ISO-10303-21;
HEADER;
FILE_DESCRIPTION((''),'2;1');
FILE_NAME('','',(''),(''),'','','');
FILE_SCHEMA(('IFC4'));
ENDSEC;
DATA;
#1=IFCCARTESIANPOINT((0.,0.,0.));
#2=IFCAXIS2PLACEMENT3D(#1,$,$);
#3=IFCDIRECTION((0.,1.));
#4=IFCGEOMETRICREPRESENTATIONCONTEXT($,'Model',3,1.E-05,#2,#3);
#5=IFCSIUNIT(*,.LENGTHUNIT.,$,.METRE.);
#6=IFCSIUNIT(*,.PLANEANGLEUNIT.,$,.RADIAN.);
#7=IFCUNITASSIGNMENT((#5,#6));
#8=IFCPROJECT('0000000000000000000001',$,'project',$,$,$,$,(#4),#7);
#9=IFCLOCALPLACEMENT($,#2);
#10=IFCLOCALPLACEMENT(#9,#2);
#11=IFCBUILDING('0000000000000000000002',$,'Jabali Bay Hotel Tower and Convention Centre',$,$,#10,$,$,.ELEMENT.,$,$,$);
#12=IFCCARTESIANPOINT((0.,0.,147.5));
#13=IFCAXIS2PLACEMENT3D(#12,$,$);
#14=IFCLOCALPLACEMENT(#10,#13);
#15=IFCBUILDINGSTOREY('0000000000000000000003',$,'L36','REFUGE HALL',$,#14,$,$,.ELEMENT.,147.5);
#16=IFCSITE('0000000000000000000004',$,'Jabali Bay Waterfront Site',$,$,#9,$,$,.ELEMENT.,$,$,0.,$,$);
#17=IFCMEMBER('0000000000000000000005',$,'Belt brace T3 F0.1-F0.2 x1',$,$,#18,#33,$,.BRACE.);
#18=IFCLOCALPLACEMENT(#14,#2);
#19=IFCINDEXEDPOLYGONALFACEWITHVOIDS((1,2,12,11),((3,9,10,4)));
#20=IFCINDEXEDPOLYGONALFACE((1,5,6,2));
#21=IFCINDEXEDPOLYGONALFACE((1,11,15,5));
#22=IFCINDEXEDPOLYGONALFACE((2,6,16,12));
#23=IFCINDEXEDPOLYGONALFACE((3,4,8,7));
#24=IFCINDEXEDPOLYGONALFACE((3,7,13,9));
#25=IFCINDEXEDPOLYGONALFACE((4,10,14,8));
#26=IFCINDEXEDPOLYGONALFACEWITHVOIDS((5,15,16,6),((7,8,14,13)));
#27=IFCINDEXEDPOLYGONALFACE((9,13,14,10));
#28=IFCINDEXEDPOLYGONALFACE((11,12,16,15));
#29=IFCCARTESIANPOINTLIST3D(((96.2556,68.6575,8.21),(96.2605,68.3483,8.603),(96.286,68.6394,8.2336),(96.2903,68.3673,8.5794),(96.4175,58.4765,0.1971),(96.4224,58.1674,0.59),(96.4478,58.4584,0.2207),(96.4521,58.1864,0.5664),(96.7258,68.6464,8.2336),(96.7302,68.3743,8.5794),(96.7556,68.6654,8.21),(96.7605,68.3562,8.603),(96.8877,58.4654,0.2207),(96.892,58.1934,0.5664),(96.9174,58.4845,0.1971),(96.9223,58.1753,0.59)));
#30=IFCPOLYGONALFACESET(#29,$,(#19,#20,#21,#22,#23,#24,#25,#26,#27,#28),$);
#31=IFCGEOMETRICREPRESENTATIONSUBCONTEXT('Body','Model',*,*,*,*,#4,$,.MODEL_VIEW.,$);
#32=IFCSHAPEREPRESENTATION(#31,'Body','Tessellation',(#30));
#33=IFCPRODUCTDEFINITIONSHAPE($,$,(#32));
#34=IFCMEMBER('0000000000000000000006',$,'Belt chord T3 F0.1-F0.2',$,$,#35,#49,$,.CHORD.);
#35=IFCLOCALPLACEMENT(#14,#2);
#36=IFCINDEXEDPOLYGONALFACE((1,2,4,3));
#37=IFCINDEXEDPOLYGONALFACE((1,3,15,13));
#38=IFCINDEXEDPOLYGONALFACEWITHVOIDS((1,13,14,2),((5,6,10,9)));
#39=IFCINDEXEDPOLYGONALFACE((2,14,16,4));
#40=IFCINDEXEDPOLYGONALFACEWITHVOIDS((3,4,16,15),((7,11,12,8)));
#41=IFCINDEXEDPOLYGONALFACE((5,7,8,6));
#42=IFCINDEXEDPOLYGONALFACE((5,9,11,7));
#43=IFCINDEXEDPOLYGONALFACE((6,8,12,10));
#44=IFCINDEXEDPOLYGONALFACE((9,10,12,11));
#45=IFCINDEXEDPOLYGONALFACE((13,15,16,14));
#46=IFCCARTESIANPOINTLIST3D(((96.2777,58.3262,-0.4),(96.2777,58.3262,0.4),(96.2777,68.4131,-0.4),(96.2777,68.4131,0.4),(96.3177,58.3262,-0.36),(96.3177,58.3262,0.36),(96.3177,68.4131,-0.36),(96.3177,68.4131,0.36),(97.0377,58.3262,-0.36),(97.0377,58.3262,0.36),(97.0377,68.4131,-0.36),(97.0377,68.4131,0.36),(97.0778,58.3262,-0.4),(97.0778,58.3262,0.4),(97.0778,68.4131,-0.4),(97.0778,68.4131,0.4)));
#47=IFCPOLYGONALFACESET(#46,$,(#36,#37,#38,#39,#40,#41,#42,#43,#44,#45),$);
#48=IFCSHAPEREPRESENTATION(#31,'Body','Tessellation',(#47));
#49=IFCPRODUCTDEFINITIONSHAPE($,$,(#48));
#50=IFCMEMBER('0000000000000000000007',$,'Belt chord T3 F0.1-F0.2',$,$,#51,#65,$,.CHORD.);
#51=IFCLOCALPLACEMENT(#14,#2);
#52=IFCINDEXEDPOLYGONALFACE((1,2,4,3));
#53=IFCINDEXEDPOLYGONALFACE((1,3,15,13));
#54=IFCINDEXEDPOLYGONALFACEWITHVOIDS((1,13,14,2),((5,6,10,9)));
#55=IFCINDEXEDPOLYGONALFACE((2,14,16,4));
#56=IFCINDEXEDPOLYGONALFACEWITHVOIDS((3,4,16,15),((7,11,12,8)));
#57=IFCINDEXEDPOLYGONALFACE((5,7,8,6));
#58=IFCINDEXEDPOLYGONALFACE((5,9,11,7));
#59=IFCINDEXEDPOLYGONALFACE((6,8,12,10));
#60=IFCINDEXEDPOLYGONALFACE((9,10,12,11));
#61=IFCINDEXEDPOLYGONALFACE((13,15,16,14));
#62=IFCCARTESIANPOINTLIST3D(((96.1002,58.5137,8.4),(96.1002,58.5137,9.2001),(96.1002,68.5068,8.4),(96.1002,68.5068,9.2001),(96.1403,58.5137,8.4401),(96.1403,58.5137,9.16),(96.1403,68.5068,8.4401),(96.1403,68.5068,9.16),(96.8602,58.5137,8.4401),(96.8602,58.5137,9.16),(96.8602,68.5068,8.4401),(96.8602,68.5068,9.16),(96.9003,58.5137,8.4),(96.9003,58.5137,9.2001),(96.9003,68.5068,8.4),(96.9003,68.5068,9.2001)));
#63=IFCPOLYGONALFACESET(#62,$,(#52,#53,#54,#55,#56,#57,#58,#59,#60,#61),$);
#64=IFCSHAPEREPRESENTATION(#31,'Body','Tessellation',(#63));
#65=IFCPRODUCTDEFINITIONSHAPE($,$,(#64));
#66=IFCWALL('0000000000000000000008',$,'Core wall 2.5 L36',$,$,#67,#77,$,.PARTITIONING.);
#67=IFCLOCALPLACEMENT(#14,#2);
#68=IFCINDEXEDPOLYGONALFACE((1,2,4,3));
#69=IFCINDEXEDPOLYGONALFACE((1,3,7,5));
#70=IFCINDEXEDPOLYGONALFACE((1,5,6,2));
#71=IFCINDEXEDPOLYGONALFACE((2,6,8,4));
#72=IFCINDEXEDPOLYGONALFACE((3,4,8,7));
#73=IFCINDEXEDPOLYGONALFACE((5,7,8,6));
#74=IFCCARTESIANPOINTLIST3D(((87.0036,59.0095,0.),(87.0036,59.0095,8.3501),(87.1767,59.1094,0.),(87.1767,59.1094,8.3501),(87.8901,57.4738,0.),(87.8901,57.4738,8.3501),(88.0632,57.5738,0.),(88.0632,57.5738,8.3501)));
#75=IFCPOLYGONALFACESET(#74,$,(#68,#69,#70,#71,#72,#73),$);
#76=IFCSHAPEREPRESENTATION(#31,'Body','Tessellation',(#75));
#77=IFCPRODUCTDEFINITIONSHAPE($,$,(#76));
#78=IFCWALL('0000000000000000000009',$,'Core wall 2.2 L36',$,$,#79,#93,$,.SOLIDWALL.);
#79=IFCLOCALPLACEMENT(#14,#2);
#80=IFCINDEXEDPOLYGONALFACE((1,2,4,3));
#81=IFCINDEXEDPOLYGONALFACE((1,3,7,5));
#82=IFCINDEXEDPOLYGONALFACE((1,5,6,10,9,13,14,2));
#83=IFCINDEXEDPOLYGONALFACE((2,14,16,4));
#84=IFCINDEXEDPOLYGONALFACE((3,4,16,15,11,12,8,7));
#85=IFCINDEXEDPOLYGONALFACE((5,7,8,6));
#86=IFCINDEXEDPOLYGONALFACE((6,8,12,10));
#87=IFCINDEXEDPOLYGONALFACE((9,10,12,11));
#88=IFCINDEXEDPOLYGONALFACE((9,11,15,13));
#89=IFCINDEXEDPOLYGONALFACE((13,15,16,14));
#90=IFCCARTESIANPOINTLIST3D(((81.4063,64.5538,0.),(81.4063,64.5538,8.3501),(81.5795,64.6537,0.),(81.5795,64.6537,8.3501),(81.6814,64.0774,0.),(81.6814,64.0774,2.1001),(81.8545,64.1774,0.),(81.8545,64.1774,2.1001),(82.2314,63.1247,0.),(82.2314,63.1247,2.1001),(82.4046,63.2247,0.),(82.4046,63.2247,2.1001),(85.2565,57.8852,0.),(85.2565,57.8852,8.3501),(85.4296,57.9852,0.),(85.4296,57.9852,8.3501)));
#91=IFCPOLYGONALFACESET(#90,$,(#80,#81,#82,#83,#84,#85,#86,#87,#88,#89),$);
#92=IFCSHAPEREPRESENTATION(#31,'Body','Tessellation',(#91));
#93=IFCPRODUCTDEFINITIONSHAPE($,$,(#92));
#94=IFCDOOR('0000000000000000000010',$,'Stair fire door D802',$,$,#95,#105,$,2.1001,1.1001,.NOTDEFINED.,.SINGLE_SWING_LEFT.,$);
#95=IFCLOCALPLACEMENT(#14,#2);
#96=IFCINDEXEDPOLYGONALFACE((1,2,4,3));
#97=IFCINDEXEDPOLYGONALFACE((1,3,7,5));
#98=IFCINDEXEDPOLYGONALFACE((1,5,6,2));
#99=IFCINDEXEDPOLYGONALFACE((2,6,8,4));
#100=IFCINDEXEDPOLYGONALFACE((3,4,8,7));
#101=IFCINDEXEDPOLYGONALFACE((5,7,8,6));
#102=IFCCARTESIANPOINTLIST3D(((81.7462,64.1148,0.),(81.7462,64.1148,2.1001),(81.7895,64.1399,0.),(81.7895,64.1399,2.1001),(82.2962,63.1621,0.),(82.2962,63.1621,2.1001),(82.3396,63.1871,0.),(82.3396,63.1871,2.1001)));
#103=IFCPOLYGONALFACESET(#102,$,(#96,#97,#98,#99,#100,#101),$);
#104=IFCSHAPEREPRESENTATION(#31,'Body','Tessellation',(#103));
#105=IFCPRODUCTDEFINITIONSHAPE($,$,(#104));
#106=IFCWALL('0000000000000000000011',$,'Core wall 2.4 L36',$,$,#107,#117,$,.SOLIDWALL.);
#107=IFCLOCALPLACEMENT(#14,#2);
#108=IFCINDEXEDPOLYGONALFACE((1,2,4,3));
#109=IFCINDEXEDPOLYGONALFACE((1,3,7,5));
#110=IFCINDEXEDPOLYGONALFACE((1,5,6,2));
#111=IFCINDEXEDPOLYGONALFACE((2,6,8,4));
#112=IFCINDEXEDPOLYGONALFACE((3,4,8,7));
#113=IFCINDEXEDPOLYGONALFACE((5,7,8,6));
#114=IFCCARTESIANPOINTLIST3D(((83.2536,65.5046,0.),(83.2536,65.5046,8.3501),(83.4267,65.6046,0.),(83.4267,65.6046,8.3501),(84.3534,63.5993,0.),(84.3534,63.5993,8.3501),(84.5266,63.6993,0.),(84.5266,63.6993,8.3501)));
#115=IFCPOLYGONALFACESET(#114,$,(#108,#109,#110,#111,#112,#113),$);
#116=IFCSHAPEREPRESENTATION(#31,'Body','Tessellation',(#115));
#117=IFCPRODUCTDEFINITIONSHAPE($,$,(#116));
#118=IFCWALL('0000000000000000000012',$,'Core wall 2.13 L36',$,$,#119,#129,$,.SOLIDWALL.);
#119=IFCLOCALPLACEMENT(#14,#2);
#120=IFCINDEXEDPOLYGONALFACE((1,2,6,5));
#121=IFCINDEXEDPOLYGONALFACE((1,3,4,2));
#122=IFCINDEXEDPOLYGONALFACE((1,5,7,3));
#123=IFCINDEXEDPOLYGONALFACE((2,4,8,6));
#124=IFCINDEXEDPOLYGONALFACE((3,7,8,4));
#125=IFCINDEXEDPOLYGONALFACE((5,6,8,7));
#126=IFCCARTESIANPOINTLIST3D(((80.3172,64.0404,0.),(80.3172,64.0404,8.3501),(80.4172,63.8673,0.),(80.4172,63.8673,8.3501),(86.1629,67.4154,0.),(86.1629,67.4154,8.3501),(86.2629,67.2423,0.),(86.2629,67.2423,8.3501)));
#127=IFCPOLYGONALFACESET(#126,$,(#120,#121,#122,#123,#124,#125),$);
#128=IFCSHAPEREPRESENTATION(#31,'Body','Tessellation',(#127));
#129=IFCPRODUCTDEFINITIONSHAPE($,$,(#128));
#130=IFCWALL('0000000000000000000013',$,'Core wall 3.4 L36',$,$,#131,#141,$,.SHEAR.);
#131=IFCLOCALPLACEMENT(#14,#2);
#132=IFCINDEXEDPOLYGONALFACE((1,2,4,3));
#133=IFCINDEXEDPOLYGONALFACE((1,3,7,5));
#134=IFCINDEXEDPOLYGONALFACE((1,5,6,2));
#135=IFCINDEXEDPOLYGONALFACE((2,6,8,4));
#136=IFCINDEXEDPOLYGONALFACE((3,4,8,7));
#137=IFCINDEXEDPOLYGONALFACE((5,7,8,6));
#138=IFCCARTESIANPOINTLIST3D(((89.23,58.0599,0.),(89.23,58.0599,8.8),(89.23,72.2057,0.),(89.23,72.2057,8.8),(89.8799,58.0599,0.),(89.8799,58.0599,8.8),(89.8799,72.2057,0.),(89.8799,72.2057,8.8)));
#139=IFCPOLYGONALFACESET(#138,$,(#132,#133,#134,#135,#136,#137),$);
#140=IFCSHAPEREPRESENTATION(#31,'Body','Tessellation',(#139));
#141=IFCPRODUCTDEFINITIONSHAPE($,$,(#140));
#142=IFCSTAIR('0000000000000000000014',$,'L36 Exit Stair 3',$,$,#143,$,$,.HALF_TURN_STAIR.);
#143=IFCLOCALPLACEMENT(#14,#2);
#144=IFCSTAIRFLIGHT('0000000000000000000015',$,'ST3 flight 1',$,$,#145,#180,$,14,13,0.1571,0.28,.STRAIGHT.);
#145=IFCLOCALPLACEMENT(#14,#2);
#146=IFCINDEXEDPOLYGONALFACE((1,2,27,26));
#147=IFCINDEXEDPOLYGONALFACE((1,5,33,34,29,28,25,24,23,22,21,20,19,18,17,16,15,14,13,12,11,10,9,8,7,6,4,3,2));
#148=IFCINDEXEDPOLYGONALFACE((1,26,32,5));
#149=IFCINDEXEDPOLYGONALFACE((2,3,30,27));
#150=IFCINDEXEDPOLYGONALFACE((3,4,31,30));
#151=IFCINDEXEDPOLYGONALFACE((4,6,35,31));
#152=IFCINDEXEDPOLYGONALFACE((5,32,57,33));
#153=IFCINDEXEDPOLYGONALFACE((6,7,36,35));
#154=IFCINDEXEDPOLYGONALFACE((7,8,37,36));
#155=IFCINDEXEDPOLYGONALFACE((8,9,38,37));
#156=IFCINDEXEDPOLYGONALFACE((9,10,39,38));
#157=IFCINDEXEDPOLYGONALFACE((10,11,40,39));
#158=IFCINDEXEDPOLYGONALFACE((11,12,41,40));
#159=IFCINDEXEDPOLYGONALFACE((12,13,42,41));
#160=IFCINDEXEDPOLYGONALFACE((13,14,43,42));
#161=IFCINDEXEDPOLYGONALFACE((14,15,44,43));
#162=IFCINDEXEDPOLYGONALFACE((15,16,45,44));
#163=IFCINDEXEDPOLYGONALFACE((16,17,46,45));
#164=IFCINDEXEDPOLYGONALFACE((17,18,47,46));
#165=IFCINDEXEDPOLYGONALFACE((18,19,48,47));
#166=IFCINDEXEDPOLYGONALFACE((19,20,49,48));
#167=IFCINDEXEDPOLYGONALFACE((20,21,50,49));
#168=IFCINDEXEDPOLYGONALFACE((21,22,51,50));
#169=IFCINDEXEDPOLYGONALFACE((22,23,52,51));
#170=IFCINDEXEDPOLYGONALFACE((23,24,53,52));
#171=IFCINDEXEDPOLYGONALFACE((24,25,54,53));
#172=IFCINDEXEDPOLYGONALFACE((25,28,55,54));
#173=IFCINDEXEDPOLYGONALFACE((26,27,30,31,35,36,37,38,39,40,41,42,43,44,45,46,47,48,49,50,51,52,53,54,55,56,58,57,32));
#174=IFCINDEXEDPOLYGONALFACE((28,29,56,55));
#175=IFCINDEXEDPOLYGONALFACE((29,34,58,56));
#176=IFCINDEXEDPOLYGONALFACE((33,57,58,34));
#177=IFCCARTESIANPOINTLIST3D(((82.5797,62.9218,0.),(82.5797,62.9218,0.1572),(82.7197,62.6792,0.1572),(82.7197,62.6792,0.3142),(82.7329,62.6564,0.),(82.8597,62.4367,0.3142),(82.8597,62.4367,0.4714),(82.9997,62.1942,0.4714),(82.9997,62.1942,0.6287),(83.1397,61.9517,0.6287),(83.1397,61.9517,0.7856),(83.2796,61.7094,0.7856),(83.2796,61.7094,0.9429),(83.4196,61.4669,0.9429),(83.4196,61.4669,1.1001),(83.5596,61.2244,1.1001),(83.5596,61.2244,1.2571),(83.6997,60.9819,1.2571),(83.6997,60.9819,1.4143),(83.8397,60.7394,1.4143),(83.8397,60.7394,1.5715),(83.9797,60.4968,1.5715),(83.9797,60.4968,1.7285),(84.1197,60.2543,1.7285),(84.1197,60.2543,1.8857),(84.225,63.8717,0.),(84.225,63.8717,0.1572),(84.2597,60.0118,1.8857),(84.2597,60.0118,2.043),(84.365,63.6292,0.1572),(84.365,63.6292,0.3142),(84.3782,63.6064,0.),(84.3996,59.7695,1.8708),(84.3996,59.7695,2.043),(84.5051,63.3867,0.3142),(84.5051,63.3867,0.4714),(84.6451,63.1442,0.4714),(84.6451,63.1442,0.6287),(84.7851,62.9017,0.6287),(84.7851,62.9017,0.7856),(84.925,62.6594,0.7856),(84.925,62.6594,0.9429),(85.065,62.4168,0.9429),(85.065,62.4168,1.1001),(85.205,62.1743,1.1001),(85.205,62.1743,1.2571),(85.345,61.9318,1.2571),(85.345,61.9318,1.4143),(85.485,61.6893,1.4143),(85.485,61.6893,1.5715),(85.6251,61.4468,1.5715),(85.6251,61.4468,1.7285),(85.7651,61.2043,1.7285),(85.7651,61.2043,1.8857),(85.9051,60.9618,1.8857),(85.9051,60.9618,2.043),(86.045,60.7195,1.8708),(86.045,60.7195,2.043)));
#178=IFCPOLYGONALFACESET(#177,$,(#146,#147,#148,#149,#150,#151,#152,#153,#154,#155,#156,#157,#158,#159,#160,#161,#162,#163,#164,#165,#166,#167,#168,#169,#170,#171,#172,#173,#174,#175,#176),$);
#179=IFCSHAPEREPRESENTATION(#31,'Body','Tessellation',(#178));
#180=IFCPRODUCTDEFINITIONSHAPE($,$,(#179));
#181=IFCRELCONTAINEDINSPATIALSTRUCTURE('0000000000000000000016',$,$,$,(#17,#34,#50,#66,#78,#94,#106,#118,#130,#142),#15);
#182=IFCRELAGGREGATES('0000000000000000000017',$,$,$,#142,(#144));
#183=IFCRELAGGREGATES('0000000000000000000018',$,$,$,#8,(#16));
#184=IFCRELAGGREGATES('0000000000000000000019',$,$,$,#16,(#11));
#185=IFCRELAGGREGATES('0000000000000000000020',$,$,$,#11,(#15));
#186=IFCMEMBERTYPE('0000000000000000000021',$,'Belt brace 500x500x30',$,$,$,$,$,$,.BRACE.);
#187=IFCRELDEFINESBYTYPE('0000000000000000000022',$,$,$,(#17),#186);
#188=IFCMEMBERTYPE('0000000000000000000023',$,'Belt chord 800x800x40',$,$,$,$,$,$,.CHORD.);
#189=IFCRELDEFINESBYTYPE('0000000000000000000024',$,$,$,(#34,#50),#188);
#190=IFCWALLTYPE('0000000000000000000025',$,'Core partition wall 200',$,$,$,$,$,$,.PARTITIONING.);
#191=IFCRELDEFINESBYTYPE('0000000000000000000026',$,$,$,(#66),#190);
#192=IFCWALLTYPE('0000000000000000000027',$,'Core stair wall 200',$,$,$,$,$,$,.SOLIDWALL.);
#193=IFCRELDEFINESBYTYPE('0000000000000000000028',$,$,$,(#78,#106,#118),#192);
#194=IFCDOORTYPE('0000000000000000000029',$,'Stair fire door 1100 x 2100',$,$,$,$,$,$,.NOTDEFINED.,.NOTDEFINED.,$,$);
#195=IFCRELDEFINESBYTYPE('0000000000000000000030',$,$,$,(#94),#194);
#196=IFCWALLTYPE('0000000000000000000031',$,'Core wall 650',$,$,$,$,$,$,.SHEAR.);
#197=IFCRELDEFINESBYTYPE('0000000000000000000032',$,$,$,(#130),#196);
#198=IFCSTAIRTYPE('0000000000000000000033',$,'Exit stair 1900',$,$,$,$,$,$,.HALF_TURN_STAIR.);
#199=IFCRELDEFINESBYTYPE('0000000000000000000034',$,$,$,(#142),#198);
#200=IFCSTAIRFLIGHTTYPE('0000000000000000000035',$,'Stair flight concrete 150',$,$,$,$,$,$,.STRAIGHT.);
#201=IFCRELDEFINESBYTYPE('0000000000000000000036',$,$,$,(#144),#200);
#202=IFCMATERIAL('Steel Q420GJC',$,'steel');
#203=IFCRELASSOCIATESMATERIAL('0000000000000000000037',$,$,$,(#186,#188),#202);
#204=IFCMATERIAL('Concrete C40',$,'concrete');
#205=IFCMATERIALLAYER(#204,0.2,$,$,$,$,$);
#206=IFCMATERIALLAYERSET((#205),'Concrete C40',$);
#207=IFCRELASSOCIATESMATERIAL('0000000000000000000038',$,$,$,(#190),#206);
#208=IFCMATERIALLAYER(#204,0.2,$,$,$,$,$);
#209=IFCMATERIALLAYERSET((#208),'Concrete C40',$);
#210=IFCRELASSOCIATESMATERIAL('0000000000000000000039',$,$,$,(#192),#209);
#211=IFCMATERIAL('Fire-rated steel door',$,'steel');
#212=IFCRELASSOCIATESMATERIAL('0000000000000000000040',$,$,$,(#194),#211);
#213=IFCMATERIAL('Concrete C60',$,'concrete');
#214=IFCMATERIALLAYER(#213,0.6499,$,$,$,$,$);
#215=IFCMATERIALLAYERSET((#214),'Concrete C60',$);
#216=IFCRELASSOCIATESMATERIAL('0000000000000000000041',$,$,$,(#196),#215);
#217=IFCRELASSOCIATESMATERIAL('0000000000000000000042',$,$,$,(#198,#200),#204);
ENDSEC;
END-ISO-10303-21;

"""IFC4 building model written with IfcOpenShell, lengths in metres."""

from ifc_helpers import new_model, si_unit, direction, frame, frame_2d, origin, origin_2d, place, context, subcontext, project, spatial, polyline, rectangle, hollow_rectangle, outline, extrude, material, layer, layer_set, material_profile, profile_set, type_object, element, fill, aggregate, save


model = new_model("IFC4")

# Units and contexts
model_context = context("Model", 3, precision=1e-05, world=origin(), true_north=direction((0.0, 1.0)))
body_context = subcontext(model_context, "Body", "Model", "MODEL_VIEW")
ifc_project = project(units=[si_unit("LENGTHUNIT", "METRE"), si_unit("PLANEANGLEUNIT", "RADIAN")], contexts=[model_context])

# Site, building, storey
site_placement = place(None, origin())
site = spatial("IfcSite", under=ifc_project, at=site_placement, Name="Jabali Bay Waterfront Site", CompositionType="ELEMENT", RefElevation=0.0)
building_placement = place(site_placement, origin())
building = spatial("IfcBuilding", under=site, at=building_placement, Name="Jabali Bay Hotel Tower and Convention Centre", CompositionType="ELEMENT")
storey_placement = place(building_placement, frame((0.0, 0.0, 147.5)))
storey = spatial("IfcBuildingStorey", under=building, at=storey_placement, Name="L36", Description="REFUGE HALL", CompositionType="ELEMENT", Elevation=147.5)

# Members
ifc_material_1 = material(Name="Steel Q420GJC", Category="steel")
ifc_material_profile_1 = material_profile(ifc_material_1, hollow_rectangle(XDim=0.5, YDim=0.5, WallThickness=0.03, at=origin_2d()), Name="Belt brace 500x500x30")
ifc_profile_set_1 = profile_set([ifc_material_profile_1], Name="Steel Q420GJC")
member_type_1 = type_object("IfcMemberType", Name="Belt brace 500x500x30", PredefinedType="BRACE", material=ifc_profile_set_1)
member_1_placement = place(storey_placement, frame((96.6699, 58.3259, 0.3936), z_axis=(-0.012492, 0.785745, 0.618425), x_axis=(-0.999874, -0.015897, 0.0)))
element("IfcMember", 1, at=member_1_placement, inside=storey, type_object=member_type_1, Name="Belt brace T3 F0.1-F0.2 x1", PredefinedType="BRACE", context=body_context, shape_type="SweptSolid", body=[
    extrude(hollow_rectangle(XDim=0.5, YDim=0.5, WallThickness=0.03, at=origin_2d()), origin(), (0.0, 0.0, 1.0), 12.957),
])
ifc_material_profile_2 = material_profile(ifc_material_1, hollow_rectangle(XDim=0.8, YDim=0.8, WallThickness=0.04, at=origin_2d()), Name="Belt chord 800x800x40")
ifc_profile_set_2 = profile_set([ifc_material_profile_2], Name="Steel Q420GJC")
member_type_2 = type_object("IfcMemberType", Name="Belt chord 800x800x40", PredefinedType="CHORD", material=ifc_profile_set_2)
member_2_placement = place(storey_placement, frame((96.6777, 58.3262, 0.0), z_axis=(0.0, 1.0, 0.0), x_axis=(-1.0, 0.0, 0.0)))
element("IfcMember", 2, at=member_2_placement, inside=storey, type_object=member_type_2, Name="Belt chord T3 F0.1-F0.2", PredefinedType="CHORD", context=body_context, shape_type="SweptSolid", body=[
    extrude(hollow_rectangle(XDim=0.8, YDim=0.8, WallThickness=0.04, at=origin_2d()), origin(), (0.0, 0.0, 1.0), 10.0869),
])
member_3_placement = place(storey_placement, frame((96.5002, 58.5137, 8.8), z_axis=(0.0, 1.0, 0.0), x_axis=(-1.0, 0.0, 0.0)))
element("IfcMember", 3, at=member_3_placement, inside=storey, type_object=member_type_2, Name="Belt chord T3 F0.1-F0.2", PredefinedType="CHORD", context=body_context, shape_type="SweptSolid", body=[
    extrude(hollow_rectangle(XDim=0.8, YDim=0.8, WallThickness=0.04, at=origin_2d()), origin(), (0.0, 0.0, 1.0), 9.9932),
])

# Wall
ifc_material_2 = material(Name="Concrete C40", Category="concrete")
ifc_layer_1 = layer(ifc_material_2, 0.2)
ifc_layer_set_1 = layer_set([ifc_layer_1], Name="Concrete C40")
wall_type_1 = type_object("IfcWallType", Name="Core partition wall 200", PredefinedType="PARTITIONING", material=ifc_layer_set_1)
wall_1_placement = place(storey_placement, frame((87.0901, 59.0596, 0.0), z_axis=(0.0, 0.0, 1.0), x_axis=(0.499945, -0.866057, 0.0)))
element("IfcWall", 4, at=wall_1_placement, inside=storey, type_object=wall_type_1, Name="Core wall 2.5 L36", PredefinedType="PARTITIONING", context=body_context, shape_type="SweptSolid", body=[
    extrude(rectangle(XDim=1.7732, YDim=0.2, at=frame_2d((0.8867, 0.0))), origin(), (0.0, 0.0, 1.0), 8.3501),
])

# Wall, opening, door
ifc_layer_2 = layer(ifc_material_2, 0.2)
ifc_layer_set_2 = layer_set([ifc_layer_2], Name="Concrete C40")
wall_type_2 = type_object("IfcWallType", Name="Core stair wall 200", PredefinedType="SOLIDWALL", material=ifc_layer_set_2)
wall_2_placement = place(storey_placement, frame((81.4929, 64.6038, 0.0), z_axis=(0.0, 0.0, 1.0), x_axis=(0.500006, -0.866022, 0.0)))
wall_2 = element("IfcWall", 5, at=wall_2_placement, inside=storey, type_object=wall_type_2, Name="Core wall 2.2 L36", PredefinedType="SOLIDWALL", context=body_context, shape_type="SweptSolid", body=[
    extrude(rectangle(XDim=7.7002, YDim=0.2, at=frame_2d((3.8501, 0.0))), origin(), (0.0, 0.0, 1.0), 8.3501),
])
opening_placement = place(wall_2_placement, frame((0.55, 0.0, 0.0)))
opening = element("IfcOpeningElement", 6, at=opening_placement, cuts=wall_2, PredefinedType="OPENING", context=body_context, shape_type="SweptSolid", body=[
    extrude(rectangle(XDim=1.1001, YDim=2.1001, at=frame_2d((0.55, 1.05))), frame((0.0, 0.1104, 0.0), z_axis=(0.0, -1.0, 0.0), x_axis=(1.0, 0.0, 0.0)), (0.0, 0.0, 1.0), 0.2209),
])
ifc_material_3 = material(Name="Fire-rated steel door", Category="steel")
door_type = type_object("IfcDoorType", Name="Stair fire door 1100 x 2100", OperationType="NOTDEFINED", PredefinedType="NOTDEFINED", material=ifc_material_3)
door_placement = place(opening_placement, origin())
door = element("IfcDoor", 7, at=door_placement, inside=storey, type_object=door_type, Name="Stair fire door D802", OperationType="SINGLE_SWING_LEFT", OverallHeight=2.1001, OverallWidth=1.1001, PredefinedType="NOTDEFINED", context=body_context, shape_type="SweptSolid", body=[
    extrude(rectangle(XDim=1.1001, YDim=2.1001, at=frame_2d((0.55, 1.05))), frame((0.0, 0.0249, 0.0), z_axis=(0.0, -1.0, 0.0), x_axis=(1.0, 0.0, 0.0)), (0.0, 0.0, 1.0), 0.05),
])
fill(opening, door)

# Walls
wall_3_placement = place(storey_placement, frame((83.3401, 65.5547, 0.0), z_axis=(0.0, 0.0, 1.0), x_axis=(0.499947, -0.866056, 0.0)))
element("IfcWall", 8, at=wall_3_placement, inside=storey, type_object=wall_type_2, Name="Core wall 2.4 L36", PredefinedType="SOLIDWALL", context=body_context, shape_type="SweptSolid", body=[
    extrude(rectangle(XDim=2.2, YDim=0.2, at=frame_2d((1.1001, 0.0))), origin(), (0.0, 0.0, 1.0), 8.3501),
])
wall_4_placement = place(storey_placement, frame((80.3672, 63.9539, 0.0), z_axis=(0.0, 0.0, 1.0), x_axis=(0.866027, 0.499998, 0.0)))
element("IfcWall", 9, at=wall_4_placement, inside=storey, type_object=wall_type_2, Name="Core wall 2.13 L36", PredefinedType="SOLIDWALL", context=body_context, shape_type="SweptSolid", body=[
    extrude(rectangle(XDim=6.75, YDim=0.2, at=frame_2d((3.375, 0.0))), origin(), (0.0, 0.0, 1.0), 8.3501),
])
ifc_material_4 = material(Name="Concrete C60", Category="concrete")
ifc_layer_3 = layer(ifc_material_4, 0.6499)
ifc_layer_set_3 = layer_set([ifc_layer_3], Name="Concrete C60")
wall_type_3 = type_object("IfcWallType", Name="Core wall 650", PredefinedType="SHEAR", material=ifc_layer_set_3)
wall_5_placement = place(storey_placement, frame((89.5549, 58.0601, 0.0), z_axis=(0.0, 0.0, 1.0), x_axis=(0.0, 1.0, 0.0)))
element("IfcWall", 10, at=wall_5_placement, inside=storey, type_object=wall_type_3, Name="Core wall 3.4 L36", PredefinedType="SHEAR", context=body_context, shape_type="SweptSolid", body=[
    extrude(rectangle(XDim=14.1458, YDim=0.6499, at=frame_2d((7.0728, 0.0))), origin(), (0.0, 0.0, 1.0), 8.8),
])

# Stair, stair flight
stair_type = type_object("IfcStairType", Name="Exit stair 1900", PredefinedType="HALF_TURN_STAIR", material=ifc_material_2)
stair_placement = place(storey_placement, origin())
stair = element("IfcStair", 11, at=stair_placement, inside=storey, type_object=stair_type, Name="L36 Exit Stair 3", PredefinedType="HALF_TURN_STAIR")
stair_flight_type = type_object("IfcStairFlightType", Name="Stair flight concrete 150", PredefinedType="STRAIGHT", material=ifc_material_2)
stair_flight_1_placement = place(storey_placement, frame((83.4023, 63.3967, 0.0), z_axis=(0.0, 0.0, 1.0), x_axis=(0.5, -0.866025, 0.0)))
stair_flight_1 = element("IfcStairFlight", 12, at=stair_flight_1_placement, type_object=stair_flight_type, Name="ST3 flight 1", NumberOfRisers=14, NumberOfTreads=13, PredefinedType="STRAIGHT", RiserHeight=0.1571, TreadLength=0.28, context=body_context, shape_type="SweptSolid", body=[
    extrude(outline(polyline([(0.0, 0.0), (0.0, 0.1572), (0.28, 0.1572), (0.28, 0.3142), (0.5601, 0.3142), (0.5601, 0.4714), (0.8401, 0.4714), (0.8401, 0.6287), (1.1201, 0.6287), (1.1201, 0.7856), (1.3999, 0.7856), (1.3999, 0.9429), (1.6799, 0.9429), (1.6799, 1.1001), (1.96, 1.1001), (1.96, 1.2571), (2.24, 1.2571), (2.24, 1.4143), (2.52, 1.4143), (2.52, 1.5715), (2.8, 1.5715), (2.8, 1.7285), (3.0801, 1.7285), (3.0801, 1.8857), (3.3601, 1.8857), (3.3601, 2.043), (3.6399, 2.043), (3.6399, 2.2), (3.6399, 1.8708), (0.3064, 0.0), (0.0, 0.0)])), frame((0.0, 0.95, 0.0), z_axis=(0.0, -1.0, 0.0), x_axis=(1.0, 0.0, 0.0)), (0.0, 0.0, 1.0), 1.8999),
])
aggregate(stair, [stair_flight_1])

save(model, "model.ifc")
